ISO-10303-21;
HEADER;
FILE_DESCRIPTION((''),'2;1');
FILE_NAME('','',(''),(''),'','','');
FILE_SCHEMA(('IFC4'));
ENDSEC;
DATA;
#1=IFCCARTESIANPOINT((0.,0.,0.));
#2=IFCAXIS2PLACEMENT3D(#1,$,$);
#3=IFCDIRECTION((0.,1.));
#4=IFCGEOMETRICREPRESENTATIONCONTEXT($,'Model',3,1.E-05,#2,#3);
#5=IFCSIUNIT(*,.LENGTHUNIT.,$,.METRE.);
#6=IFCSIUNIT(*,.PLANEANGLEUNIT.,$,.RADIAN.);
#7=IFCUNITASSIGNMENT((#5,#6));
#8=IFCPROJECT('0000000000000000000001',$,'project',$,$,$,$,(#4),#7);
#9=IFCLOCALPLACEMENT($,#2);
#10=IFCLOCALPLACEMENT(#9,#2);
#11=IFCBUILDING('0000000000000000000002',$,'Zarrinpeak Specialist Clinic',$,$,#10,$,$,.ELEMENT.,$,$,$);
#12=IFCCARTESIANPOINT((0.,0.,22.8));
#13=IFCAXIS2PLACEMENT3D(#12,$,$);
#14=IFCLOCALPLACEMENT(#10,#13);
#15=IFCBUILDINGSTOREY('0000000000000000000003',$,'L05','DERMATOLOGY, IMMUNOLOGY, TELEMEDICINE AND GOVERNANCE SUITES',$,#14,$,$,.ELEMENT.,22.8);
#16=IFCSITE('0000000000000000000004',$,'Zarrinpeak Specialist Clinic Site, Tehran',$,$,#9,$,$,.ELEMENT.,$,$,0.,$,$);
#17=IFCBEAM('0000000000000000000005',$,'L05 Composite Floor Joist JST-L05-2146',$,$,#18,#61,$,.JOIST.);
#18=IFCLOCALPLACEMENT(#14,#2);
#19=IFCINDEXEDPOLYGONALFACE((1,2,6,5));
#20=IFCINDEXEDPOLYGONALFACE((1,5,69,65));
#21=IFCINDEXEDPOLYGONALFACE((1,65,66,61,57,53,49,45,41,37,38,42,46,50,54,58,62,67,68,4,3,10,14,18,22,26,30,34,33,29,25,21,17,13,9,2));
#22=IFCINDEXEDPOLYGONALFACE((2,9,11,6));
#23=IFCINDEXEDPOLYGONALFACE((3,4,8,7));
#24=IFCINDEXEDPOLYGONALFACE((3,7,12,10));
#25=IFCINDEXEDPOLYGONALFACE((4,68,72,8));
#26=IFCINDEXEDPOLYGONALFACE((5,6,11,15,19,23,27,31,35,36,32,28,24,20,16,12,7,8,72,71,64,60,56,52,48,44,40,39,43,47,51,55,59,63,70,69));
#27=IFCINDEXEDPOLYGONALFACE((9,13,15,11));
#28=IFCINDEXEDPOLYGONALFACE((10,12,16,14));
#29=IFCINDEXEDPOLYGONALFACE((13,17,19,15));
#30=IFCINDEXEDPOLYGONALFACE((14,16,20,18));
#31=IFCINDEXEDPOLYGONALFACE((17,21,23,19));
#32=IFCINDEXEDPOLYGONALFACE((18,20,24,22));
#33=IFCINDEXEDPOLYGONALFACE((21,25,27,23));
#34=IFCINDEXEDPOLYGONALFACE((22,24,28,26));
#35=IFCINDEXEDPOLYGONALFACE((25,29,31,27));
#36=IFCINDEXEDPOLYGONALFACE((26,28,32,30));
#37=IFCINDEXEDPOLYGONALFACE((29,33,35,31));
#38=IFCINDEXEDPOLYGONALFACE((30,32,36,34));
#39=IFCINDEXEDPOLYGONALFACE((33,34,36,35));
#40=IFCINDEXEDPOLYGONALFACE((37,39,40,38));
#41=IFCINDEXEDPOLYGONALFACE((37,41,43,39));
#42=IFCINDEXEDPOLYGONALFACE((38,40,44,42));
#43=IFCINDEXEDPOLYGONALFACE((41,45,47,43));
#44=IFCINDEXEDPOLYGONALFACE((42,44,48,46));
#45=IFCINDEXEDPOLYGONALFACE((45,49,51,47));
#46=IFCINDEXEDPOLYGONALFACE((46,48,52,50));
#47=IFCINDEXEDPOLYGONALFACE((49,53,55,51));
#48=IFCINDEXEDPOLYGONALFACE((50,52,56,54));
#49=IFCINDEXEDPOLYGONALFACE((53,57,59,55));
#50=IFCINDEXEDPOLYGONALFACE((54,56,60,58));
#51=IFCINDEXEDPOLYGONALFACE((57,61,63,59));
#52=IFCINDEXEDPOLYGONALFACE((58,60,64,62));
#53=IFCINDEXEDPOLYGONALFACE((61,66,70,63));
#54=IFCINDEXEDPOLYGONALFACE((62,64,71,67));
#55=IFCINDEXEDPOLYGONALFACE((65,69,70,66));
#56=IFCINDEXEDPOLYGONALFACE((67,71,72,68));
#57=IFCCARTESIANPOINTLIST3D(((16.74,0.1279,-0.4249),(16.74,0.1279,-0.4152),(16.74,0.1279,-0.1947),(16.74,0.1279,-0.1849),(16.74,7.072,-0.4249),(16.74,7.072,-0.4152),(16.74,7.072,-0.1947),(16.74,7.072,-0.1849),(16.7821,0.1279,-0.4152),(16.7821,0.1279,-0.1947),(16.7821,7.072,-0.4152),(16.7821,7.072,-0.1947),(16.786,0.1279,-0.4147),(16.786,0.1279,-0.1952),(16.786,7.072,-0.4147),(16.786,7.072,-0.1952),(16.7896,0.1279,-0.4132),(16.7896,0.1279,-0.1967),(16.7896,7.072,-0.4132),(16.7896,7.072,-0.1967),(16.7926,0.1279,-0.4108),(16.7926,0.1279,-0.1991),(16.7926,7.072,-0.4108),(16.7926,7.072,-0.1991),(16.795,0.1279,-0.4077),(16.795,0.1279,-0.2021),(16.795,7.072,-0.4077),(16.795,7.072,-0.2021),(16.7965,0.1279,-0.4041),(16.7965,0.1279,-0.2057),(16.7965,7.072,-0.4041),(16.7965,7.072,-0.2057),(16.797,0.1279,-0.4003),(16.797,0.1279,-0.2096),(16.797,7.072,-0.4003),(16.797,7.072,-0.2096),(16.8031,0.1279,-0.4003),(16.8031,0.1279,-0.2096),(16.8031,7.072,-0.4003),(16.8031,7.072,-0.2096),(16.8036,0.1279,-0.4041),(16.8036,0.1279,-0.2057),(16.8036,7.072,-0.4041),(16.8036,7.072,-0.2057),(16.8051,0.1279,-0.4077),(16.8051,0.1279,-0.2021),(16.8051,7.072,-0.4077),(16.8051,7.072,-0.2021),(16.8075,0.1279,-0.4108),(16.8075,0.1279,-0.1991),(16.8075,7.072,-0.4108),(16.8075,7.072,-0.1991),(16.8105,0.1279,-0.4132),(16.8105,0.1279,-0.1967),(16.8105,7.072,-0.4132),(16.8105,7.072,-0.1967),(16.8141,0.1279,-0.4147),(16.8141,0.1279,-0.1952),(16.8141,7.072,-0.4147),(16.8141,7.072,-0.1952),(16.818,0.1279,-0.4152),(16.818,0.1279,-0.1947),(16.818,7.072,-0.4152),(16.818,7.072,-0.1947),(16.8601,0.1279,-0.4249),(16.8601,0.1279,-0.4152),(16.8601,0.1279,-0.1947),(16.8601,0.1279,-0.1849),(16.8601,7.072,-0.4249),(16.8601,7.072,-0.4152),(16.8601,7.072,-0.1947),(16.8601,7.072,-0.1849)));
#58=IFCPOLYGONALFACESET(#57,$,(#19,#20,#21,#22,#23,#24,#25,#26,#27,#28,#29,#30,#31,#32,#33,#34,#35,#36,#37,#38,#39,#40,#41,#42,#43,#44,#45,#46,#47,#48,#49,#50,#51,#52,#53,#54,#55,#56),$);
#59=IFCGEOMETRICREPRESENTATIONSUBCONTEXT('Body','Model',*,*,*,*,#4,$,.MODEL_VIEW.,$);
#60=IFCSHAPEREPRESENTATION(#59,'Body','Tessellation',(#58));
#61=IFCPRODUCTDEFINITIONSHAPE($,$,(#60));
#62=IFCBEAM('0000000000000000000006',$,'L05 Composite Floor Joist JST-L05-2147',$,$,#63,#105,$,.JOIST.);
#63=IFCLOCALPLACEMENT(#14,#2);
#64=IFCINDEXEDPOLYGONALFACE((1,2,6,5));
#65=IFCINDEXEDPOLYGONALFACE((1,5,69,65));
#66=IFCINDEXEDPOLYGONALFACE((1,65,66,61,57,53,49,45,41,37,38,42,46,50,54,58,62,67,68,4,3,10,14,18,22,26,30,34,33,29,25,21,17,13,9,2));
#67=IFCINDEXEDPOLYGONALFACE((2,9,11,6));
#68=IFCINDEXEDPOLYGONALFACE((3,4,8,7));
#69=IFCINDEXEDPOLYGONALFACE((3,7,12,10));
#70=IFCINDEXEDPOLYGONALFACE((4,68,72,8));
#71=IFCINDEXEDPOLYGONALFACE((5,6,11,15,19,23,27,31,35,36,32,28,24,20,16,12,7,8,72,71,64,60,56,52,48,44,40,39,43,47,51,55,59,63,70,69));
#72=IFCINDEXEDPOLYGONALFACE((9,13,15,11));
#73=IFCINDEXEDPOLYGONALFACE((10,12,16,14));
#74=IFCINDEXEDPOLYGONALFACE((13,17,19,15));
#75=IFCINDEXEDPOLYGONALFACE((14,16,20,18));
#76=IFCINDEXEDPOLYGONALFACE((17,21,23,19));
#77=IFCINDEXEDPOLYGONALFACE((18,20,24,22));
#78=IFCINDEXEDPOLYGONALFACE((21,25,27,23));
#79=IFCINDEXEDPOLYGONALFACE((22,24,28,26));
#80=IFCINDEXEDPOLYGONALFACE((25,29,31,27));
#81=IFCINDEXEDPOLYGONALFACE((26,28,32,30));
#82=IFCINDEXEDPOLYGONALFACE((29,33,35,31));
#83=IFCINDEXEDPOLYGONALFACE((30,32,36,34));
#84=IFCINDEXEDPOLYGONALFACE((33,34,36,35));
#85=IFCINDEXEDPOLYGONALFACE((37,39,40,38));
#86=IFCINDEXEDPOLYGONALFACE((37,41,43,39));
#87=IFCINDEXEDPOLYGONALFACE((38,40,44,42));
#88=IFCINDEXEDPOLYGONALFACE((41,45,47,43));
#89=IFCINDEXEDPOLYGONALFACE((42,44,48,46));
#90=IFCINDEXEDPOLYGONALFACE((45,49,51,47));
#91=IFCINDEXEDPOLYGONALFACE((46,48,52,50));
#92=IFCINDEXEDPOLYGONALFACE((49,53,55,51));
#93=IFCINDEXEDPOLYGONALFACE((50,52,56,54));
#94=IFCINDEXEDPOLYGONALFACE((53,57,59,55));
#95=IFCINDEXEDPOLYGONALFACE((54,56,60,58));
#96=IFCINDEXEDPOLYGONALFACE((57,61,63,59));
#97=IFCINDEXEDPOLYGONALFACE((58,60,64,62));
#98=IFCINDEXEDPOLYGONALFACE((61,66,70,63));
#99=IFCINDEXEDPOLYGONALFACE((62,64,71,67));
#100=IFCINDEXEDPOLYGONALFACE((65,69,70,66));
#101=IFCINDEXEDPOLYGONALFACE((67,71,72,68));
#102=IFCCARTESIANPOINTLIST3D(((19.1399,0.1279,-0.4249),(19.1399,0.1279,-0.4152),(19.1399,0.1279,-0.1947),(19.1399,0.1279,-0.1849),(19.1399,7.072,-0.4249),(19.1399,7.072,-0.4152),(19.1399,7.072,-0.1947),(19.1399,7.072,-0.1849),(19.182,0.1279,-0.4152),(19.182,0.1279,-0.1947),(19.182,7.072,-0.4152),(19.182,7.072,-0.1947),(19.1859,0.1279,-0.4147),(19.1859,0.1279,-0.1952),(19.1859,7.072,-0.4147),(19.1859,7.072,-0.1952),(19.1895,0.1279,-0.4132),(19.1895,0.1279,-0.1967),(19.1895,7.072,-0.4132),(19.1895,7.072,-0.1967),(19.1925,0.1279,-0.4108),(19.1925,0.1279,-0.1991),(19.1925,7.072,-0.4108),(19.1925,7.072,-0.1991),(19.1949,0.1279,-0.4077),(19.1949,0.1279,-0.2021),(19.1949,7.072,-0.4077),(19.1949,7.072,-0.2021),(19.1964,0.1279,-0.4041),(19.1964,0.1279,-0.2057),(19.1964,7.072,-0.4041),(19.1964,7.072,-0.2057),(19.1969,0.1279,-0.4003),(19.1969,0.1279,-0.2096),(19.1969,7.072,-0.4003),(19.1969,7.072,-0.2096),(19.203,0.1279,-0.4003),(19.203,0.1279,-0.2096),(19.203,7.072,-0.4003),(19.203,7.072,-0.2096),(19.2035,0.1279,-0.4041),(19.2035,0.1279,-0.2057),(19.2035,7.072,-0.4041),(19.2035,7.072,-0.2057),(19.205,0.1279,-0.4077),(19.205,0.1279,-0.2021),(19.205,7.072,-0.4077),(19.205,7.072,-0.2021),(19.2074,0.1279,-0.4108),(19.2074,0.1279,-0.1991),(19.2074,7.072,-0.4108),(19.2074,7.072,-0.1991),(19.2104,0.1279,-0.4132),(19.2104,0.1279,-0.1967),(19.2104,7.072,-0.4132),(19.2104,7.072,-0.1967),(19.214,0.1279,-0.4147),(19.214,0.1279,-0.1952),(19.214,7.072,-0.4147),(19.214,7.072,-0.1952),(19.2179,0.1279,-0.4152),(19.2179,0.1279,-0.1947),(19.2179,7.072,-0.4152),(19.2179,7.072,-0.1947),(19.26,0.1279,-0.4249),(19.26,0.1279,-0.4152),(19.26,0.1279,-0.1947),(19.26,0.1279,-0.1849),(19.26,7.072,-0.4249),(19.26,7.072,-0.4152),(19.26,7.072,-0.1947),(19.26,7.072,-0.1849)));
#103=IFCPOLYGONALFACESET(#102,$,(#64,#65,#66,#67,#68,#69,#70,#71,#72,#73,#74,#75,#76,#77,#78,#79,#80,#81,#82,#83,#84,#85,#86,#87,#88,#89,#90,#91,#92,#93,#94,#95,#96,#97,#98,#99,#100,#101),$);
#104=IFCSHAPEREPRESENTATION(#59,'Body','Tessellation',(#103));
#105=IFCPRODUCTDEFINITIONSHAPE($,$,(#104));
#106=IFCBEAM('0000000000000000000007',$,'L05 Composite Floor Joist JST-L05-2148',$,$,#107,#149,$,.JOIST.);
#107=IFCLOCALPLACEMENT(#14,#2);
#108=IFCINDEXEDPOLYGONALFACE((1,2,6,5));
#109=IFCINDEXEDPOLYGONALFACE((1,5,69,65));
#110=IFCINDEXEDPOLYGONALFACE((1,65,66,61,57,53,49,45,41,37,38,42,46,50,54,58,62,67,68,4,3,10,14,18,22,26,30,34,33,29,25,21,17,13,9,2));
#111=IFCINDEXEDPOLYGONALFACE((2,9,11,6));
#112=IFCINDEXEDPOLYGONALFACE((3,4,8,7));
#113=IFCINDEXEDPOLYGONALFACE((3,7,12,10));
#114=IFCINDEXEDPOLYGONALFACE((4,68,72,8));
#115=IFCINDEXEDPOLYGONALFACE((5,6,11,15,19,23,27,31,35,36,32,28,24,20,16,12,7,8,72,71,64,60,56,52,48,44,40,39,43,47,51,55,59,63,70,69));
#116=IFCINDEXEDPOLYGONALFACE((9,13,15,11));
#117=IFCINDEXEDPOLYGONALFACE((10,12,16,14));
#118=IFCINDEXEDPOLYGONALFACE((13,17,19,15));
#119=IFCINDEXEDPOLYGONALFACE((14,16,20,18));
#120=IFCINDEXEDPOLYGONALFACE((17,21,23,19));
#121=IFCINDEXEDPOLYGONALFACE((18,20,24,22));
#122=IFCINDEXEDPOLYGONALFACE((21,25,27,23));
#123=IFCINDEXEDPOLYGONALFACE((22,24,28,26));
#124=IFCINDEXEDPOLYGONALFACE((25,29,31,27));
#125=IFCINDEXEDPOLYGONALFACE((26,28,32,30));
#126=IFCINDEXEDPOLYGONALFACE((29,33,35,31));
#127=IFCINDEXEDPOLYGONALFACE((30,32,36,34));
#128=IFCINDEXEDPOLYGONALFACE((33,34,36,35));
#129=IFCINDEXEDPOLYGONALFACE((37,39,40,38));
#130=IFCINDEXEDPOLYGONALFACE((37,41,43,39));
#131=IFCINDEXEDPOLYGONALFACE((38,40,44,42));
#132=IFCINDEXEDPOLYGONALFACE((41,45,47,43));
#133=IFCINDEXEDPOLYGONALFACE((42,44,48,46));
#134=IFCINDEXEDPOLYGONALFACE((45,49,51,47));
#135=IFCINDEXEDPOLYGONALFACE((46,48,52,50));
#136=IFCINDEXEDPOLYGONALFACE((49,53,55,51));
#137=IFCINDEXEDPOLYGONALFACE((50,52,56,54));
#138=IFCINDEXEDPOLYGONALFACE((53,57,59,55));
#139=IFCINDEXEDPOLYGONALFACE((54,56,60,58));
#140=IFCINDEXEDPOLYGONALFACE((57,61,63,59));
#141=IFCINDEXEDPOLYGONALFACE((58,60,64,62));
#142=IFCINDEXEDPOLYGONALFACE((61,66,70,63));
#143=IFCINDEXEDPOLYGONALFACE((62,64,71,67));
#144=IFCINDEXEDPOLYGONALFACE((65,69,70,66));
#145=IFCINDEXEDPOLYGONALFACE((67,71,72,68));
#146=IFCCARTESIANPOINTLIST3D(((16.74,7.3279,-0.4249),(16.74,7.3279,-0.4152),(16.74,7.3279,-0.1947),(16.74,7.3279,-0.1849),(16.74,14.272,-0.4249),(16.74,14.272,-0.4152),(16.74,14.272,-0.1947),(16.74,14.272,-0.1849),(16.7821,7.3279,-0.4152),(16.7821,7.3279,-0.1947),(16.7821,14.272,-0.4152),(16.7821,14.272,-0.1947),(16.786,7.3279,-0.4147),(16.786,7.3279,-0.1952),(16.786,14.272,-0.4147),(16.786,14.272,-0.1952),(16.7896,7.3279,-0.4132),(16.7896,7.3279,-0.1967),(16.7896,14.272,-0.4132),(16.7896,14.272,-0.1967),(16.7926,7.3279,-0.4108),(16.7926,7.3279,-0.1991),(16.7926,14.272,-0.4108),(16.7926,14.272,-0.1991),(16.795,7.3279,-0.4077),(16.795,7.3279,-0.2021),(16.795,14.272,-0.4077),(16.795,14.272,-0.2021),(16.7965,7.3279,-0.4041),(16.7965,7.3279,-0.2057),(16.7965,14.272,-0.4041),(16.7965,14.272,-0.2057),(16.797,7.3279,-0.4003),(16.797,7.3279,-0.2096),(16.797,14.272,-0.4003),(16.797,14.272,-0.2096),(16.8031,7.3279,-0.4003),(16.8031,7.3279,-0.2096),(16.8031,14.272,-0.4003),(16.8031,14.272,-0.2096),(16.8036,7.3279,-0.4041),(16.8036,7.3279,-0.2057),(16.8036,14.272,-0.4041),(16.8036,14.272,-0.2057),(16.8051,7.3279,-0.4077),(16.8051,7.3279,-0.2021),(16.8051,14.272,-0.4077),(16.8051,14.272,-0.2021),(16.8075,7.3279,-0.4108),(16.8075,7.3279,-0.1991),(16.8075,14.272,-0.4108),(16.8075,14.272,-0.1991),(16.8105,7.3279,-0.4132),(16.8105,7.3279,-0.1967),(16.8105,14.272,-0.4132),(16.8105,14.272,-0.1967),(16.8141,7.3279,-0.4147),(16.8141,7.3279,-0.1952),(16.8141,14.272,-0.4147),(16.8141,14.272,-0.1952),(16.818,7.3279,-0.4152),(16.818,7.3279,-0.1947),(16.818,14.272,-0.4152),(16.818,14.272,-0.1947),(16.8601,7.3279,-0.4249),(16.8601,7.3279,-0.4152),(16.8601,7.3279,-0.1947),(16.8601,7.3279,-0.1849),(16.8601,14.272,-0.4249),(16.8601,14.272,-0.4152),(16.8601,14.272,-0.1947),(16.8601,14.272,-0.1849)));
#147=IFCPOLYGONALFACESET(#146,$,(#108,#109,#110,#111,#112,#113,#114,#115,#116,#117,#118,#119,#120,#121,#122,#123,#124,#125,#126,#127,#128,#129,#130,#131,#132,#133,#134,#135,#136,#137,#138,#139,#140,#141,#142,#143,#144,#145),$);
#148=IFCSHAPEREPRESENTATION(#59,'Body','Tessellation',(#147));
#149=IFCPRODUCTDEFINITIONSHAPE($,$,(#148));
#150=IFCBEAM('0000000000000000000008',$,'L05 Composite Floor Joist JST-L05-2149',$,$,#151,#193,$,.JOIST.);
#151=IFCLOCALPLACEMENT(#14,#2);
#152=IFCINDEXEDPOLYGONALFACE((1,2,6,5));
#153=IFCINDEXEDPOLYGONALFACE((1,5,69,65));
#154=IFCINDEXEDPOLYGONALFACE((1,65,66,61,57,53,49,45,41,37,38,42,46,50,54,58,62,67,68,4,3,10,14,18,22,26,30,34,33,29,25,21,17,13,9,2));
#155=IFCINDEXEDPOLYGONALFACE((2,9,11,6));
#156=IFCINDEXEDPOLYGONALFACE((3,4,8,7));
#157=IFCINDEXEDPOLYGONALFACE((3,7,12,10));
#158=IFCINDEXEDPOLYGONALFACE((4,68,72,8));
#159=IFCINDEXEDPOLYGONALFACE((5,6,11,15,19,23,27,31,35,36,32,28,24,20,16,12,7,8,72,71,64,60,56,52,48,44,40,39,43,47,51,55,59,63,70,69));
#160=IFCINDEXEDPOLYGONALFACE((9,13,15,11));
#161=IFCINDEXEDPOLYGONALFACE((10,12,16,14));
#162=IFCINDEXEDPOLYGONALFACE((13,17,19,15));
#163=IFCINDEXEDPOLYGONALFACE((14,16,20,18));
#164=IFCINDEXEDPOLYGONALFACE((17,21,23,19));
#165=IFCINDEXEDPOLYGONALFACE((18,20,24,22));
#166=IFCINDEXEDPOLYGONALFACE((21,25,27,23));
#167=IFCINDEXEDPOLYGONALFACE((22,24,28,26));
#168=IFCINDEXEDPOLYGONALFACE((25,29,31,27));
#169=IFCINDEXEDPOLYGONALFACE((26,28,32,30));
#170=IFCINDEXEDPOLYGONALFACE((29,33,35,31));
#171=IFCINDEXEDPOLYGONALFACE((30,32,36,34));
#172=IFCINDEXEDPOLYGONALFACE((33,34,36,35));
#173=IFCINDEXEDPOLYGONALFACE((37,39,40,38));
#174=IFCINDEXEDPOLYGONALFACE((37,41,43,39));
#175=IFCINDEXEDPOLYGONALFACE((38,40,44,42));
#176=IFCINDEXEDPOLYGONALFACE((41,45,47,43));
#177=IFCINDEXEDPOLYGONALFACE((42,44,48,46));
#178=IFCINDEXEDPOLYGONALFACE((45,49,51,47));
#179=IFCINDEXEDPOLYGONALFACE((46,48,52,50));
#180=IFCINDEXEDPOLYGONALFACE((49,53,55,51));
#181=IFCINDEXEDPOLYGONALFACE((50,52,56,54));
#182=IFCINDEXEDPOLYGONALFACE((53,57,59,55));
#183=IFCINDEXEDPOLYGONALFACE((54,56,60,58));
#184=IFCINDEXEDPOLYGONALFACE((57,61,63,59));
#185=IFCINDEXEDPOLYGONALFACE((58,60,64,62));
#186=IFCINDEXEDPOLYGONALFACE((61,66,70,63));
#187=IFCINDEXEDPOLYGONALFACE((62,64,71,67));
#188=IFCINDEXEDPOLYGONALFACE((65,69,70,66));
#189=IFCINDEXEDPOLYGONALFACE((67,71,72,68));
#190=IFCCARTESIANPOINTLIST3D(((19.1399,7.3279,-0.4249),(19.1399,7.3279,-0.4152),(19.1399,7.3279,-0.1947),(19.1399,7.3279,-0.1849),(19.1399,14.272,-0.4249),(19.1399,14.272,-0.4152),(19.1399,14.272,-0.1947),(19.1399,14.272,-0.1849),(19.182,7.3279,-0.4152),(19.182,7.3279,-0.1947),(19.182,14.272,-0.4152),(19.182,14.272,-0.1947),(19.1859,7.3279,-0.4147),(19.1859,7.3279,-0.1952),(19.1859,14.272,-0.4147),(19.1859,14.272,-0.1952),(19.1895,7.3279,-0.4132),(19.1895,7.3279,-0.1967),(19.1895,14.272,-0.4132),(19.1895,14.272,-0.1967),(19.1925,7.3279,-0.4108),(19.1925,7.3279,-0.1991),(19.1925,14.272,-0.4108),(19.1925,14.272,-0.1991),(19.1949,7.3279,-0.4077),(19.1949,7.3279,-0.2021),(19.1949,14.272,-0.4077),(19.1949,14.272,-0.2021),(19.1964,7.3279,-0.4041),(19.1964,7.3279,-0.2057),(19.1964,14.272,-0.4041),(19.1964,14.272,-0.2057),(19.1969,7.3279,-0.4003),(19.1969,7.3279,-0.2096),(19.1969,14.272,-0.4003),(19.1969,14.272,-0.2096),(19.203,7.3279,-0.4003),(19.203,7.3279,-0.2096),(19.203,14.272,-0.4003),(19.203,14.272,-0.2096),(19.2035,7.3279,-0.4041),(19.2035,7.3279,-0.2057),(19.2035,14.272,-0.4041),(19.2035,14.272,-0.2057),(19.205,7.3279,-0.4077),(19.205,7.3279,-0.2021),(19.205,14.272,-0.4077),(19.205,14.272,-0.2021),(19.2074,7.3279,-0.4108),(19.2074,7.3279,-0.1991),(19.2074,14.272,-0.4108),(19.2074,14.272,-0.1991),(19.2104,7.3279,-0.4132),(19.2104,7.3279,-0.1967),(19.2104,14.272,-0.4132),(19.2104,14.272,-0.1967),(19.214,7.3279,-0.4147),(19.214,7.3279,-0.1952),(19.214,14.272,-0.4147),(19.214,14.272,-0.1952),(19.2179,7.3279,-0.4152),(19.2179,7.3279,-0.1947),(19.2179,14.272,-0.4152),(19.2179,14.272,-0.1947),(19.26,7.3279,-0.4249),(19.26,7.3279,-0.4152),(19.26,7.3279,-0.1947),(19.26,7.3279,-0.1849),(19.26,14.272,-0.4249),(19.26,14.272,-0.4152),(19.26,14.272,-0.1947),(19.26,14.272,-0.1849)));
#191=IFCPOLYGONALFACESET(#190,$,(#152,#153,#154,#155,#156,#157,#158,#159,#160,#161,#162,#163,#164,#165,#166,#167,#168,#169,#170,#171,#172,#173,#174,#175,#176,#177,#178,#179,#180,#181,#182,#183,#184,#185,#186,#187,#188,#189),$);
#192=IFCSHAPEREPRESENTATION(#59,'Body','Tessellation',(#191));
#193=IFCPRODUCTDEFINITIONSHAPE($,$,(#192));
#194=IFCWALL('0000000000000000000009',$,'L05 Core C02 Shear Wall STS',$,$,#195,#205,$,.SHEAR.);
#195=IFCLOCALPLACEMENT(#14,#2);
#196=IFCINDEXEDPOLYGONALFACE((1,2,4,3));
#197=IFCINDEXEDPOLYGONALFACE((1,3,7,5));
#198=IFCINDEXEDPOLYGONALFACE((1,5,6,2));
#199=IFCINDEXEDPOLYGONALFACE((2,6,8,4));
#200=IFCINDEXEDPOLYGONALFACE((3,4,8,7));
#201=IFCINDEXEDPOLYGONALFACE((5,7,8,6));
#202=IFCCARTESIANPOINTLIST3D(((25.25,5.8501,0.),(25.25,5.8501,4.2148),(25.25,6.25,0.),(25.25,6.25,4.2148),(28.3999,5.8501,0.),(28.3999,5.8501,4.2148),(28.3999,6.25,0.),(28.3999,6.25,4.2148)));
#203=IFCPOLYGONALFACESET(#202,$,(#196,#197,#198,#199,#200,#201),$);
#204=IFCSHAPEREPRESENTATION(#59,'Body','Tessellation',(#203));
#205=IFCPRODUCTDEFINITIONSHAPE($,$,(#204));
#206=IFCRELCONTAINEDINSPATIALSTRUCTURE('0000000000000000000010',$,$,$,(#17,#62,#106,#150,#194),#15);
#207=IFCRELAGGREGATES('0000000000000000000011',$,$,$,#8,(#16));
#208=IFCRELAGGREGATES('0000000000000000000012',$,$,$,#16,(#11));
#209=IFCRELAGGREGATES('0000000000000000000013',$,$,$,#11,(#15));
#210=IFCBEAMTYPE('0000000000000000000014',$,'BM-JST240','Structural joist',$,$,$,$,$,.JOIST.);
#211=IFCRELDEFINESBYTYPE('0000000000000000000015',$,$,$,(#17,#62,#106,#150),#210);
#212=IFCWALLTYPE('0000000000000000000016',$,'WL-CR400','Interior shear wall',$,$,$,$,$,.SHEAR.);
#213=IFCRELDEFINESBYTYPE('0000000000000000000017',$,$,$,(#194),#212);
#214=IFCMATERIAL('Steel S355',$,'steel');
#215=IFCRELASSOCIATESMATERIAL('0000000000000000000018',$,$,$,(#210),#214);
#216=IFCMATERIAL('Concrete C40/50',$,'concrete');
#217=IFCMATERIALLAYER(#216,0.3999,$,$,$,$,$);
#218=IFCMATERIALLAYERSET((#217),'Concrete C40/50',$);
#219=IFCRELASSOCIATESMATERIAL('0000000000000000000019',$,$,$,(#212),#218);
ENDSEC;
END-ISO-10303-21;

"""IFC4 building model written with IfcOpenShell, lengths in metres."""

from ifc_helpers import new_model, si_unit, direction, frame, frame_2d, origin, origin_2d, place, context, subcontext, project, spatial, rectangle, i_section, extrude, material, layer, layer_set, material_profile, profile_set, type_object, element, save


model = new_model("IFC4")

# Units and contexts
model_context = context("Model", 3, precision=1e-05, world=origin(), true_north=direction((0.0, 1.0)))
body_context = subcontext(model_context, "Body", "Model", "MODEL_VIEW")
ifc_project = project(units=[si_unit("LENGTHUNIT", "METRE"), si_unit("PLANEANGLEUNIT", "RADIAN")], contexts=[model_context])

# Site, building, storey
site_placement = place(None, origin())
site = spatial("IfcSite", under=ifc_project, at=site_placement, Name="Zarrinpeak Specialist Clinic Site, Tehran", CompositionType="ELEMENT", RefElevation=0.0)
building_placement = place(site_placement, origin())
building = spatial("IfcBuilding", under=site, at=building_placement, Name="Zarrinpeak Specialist Clinic", CompositionType="ELEMENT")
storey_placement = place(building_placement, frame((0.0, 0.0, 22.8)))
storey = spatial("IfcBuildingStorey", under=building, at=storey_placement, Name="L05", Description="DERMATOLOGY, IMMUNOLOGY, TELEMEDICINE AND GOVERNANCE SUITES", CompositionType="ELEMENT", Elevation=22.8)

# Shared definitions
ifc_material_1 = material(Name="Steel S355", Category="steel")

# Beams
ifc_material_profile_1 = material_profile(ifc_material_1, i_section(OverallWidth=0.1201, OverallDepth=0.24, WebThickness=0.0061, FlangeThickness=0.0098, FilletRadius=0.0149, at=origin_2d()), Name="IPE 240")
ifc_profile_set_1 = profile_set([ifc_material_profile_1], Name="Steel S355")
beam_type_1 = type_object("IfcBeamType", Name="BM-JST240", Description="Structural joist", PredefinedType="JOIST", material=ifc_profile_set_1)
for number, where, z_axis, x_axis, name in (
    (1, (16.8, 0.1279, -0.3049), (0.0, 1.0, 0.0), (-1.0, 0.0, 0.0), "L05 Composite Floor Joist JST-L05-2146"),
    (2, (19.2, 0.1279, -0.3049), (0.0, 1.0, 0.0), (-1.0, 0.0, 0.0), "L05 Composite Floor Joist JST-L05-2147"),
    (3, (16.8, 7.3279, -0.3049), (0.0, 1.0, 0.0), (-1.0, 0.0, 0.0), "L05 Composite Floor Joist JST-L05-2148"),
    (4, (19.2, 7.3279, -0.3049), (0.0, 1.0, 0.0), (-1.0, 0.0, 0.0), "L05 Composite Floor Joist JST-L05-2149"),
):
    element("IfcBeam", number, at=place(storey_placement, frame(where, z_axis=z_axis, x_axis=x_axis)), inside=storey, type_object=beam_type_1, Name=name, PredefinedType="JOIST", context=body_context, shape_type="SweptSolid", body=[
        extrude(i_section(OverallWidth=0.1201, OverallDepth=0.24, WebThickness=0.0061, FlangeThickness=0.0098, FilletRadius=0.0149, at=origin_2d()), origin(), (0.0, 0.0, 1.0), 6.9441),
    ])

# Wall
ifc_material_2 = material(Name="Concrete C40/50", Category="concrete")
ifc_layer_1 = layer(ifc_material_2, 0.3999)
ifc_layer_set_1 = layer_set([ifc_layer_1], Name="Concrete C40/50")
wall_type_1 = type_object("IfcWallType", Name="WL-CR400", Description="Interior shear wall", PredefinedType="SHEAR", material=ifc_layer_set_1)
wall_1_placement = place(storey_placement, frame((25.25, 6.05, 0.0), z_axis=(0.0, 0.0, 1.0), x_axis=(1.0, 0.0, 0.0)))
element("IfcWall", 5, at=wall_1_placement, inside=storey, type_object=wall_type_1, Name="L05 Core C02 Shear Wall STS", PredefinedType="SHEAR", context=body_context, shape_type="SweptSolid", body=[
    extrude(rectangle(XDim=3.1499, YDim=0.3999, at=frame_2d((1.575, 0.0))), origin(), (0.0, 0.0, 1.0), 4.2148),
])

save(model, "model.ifc")
